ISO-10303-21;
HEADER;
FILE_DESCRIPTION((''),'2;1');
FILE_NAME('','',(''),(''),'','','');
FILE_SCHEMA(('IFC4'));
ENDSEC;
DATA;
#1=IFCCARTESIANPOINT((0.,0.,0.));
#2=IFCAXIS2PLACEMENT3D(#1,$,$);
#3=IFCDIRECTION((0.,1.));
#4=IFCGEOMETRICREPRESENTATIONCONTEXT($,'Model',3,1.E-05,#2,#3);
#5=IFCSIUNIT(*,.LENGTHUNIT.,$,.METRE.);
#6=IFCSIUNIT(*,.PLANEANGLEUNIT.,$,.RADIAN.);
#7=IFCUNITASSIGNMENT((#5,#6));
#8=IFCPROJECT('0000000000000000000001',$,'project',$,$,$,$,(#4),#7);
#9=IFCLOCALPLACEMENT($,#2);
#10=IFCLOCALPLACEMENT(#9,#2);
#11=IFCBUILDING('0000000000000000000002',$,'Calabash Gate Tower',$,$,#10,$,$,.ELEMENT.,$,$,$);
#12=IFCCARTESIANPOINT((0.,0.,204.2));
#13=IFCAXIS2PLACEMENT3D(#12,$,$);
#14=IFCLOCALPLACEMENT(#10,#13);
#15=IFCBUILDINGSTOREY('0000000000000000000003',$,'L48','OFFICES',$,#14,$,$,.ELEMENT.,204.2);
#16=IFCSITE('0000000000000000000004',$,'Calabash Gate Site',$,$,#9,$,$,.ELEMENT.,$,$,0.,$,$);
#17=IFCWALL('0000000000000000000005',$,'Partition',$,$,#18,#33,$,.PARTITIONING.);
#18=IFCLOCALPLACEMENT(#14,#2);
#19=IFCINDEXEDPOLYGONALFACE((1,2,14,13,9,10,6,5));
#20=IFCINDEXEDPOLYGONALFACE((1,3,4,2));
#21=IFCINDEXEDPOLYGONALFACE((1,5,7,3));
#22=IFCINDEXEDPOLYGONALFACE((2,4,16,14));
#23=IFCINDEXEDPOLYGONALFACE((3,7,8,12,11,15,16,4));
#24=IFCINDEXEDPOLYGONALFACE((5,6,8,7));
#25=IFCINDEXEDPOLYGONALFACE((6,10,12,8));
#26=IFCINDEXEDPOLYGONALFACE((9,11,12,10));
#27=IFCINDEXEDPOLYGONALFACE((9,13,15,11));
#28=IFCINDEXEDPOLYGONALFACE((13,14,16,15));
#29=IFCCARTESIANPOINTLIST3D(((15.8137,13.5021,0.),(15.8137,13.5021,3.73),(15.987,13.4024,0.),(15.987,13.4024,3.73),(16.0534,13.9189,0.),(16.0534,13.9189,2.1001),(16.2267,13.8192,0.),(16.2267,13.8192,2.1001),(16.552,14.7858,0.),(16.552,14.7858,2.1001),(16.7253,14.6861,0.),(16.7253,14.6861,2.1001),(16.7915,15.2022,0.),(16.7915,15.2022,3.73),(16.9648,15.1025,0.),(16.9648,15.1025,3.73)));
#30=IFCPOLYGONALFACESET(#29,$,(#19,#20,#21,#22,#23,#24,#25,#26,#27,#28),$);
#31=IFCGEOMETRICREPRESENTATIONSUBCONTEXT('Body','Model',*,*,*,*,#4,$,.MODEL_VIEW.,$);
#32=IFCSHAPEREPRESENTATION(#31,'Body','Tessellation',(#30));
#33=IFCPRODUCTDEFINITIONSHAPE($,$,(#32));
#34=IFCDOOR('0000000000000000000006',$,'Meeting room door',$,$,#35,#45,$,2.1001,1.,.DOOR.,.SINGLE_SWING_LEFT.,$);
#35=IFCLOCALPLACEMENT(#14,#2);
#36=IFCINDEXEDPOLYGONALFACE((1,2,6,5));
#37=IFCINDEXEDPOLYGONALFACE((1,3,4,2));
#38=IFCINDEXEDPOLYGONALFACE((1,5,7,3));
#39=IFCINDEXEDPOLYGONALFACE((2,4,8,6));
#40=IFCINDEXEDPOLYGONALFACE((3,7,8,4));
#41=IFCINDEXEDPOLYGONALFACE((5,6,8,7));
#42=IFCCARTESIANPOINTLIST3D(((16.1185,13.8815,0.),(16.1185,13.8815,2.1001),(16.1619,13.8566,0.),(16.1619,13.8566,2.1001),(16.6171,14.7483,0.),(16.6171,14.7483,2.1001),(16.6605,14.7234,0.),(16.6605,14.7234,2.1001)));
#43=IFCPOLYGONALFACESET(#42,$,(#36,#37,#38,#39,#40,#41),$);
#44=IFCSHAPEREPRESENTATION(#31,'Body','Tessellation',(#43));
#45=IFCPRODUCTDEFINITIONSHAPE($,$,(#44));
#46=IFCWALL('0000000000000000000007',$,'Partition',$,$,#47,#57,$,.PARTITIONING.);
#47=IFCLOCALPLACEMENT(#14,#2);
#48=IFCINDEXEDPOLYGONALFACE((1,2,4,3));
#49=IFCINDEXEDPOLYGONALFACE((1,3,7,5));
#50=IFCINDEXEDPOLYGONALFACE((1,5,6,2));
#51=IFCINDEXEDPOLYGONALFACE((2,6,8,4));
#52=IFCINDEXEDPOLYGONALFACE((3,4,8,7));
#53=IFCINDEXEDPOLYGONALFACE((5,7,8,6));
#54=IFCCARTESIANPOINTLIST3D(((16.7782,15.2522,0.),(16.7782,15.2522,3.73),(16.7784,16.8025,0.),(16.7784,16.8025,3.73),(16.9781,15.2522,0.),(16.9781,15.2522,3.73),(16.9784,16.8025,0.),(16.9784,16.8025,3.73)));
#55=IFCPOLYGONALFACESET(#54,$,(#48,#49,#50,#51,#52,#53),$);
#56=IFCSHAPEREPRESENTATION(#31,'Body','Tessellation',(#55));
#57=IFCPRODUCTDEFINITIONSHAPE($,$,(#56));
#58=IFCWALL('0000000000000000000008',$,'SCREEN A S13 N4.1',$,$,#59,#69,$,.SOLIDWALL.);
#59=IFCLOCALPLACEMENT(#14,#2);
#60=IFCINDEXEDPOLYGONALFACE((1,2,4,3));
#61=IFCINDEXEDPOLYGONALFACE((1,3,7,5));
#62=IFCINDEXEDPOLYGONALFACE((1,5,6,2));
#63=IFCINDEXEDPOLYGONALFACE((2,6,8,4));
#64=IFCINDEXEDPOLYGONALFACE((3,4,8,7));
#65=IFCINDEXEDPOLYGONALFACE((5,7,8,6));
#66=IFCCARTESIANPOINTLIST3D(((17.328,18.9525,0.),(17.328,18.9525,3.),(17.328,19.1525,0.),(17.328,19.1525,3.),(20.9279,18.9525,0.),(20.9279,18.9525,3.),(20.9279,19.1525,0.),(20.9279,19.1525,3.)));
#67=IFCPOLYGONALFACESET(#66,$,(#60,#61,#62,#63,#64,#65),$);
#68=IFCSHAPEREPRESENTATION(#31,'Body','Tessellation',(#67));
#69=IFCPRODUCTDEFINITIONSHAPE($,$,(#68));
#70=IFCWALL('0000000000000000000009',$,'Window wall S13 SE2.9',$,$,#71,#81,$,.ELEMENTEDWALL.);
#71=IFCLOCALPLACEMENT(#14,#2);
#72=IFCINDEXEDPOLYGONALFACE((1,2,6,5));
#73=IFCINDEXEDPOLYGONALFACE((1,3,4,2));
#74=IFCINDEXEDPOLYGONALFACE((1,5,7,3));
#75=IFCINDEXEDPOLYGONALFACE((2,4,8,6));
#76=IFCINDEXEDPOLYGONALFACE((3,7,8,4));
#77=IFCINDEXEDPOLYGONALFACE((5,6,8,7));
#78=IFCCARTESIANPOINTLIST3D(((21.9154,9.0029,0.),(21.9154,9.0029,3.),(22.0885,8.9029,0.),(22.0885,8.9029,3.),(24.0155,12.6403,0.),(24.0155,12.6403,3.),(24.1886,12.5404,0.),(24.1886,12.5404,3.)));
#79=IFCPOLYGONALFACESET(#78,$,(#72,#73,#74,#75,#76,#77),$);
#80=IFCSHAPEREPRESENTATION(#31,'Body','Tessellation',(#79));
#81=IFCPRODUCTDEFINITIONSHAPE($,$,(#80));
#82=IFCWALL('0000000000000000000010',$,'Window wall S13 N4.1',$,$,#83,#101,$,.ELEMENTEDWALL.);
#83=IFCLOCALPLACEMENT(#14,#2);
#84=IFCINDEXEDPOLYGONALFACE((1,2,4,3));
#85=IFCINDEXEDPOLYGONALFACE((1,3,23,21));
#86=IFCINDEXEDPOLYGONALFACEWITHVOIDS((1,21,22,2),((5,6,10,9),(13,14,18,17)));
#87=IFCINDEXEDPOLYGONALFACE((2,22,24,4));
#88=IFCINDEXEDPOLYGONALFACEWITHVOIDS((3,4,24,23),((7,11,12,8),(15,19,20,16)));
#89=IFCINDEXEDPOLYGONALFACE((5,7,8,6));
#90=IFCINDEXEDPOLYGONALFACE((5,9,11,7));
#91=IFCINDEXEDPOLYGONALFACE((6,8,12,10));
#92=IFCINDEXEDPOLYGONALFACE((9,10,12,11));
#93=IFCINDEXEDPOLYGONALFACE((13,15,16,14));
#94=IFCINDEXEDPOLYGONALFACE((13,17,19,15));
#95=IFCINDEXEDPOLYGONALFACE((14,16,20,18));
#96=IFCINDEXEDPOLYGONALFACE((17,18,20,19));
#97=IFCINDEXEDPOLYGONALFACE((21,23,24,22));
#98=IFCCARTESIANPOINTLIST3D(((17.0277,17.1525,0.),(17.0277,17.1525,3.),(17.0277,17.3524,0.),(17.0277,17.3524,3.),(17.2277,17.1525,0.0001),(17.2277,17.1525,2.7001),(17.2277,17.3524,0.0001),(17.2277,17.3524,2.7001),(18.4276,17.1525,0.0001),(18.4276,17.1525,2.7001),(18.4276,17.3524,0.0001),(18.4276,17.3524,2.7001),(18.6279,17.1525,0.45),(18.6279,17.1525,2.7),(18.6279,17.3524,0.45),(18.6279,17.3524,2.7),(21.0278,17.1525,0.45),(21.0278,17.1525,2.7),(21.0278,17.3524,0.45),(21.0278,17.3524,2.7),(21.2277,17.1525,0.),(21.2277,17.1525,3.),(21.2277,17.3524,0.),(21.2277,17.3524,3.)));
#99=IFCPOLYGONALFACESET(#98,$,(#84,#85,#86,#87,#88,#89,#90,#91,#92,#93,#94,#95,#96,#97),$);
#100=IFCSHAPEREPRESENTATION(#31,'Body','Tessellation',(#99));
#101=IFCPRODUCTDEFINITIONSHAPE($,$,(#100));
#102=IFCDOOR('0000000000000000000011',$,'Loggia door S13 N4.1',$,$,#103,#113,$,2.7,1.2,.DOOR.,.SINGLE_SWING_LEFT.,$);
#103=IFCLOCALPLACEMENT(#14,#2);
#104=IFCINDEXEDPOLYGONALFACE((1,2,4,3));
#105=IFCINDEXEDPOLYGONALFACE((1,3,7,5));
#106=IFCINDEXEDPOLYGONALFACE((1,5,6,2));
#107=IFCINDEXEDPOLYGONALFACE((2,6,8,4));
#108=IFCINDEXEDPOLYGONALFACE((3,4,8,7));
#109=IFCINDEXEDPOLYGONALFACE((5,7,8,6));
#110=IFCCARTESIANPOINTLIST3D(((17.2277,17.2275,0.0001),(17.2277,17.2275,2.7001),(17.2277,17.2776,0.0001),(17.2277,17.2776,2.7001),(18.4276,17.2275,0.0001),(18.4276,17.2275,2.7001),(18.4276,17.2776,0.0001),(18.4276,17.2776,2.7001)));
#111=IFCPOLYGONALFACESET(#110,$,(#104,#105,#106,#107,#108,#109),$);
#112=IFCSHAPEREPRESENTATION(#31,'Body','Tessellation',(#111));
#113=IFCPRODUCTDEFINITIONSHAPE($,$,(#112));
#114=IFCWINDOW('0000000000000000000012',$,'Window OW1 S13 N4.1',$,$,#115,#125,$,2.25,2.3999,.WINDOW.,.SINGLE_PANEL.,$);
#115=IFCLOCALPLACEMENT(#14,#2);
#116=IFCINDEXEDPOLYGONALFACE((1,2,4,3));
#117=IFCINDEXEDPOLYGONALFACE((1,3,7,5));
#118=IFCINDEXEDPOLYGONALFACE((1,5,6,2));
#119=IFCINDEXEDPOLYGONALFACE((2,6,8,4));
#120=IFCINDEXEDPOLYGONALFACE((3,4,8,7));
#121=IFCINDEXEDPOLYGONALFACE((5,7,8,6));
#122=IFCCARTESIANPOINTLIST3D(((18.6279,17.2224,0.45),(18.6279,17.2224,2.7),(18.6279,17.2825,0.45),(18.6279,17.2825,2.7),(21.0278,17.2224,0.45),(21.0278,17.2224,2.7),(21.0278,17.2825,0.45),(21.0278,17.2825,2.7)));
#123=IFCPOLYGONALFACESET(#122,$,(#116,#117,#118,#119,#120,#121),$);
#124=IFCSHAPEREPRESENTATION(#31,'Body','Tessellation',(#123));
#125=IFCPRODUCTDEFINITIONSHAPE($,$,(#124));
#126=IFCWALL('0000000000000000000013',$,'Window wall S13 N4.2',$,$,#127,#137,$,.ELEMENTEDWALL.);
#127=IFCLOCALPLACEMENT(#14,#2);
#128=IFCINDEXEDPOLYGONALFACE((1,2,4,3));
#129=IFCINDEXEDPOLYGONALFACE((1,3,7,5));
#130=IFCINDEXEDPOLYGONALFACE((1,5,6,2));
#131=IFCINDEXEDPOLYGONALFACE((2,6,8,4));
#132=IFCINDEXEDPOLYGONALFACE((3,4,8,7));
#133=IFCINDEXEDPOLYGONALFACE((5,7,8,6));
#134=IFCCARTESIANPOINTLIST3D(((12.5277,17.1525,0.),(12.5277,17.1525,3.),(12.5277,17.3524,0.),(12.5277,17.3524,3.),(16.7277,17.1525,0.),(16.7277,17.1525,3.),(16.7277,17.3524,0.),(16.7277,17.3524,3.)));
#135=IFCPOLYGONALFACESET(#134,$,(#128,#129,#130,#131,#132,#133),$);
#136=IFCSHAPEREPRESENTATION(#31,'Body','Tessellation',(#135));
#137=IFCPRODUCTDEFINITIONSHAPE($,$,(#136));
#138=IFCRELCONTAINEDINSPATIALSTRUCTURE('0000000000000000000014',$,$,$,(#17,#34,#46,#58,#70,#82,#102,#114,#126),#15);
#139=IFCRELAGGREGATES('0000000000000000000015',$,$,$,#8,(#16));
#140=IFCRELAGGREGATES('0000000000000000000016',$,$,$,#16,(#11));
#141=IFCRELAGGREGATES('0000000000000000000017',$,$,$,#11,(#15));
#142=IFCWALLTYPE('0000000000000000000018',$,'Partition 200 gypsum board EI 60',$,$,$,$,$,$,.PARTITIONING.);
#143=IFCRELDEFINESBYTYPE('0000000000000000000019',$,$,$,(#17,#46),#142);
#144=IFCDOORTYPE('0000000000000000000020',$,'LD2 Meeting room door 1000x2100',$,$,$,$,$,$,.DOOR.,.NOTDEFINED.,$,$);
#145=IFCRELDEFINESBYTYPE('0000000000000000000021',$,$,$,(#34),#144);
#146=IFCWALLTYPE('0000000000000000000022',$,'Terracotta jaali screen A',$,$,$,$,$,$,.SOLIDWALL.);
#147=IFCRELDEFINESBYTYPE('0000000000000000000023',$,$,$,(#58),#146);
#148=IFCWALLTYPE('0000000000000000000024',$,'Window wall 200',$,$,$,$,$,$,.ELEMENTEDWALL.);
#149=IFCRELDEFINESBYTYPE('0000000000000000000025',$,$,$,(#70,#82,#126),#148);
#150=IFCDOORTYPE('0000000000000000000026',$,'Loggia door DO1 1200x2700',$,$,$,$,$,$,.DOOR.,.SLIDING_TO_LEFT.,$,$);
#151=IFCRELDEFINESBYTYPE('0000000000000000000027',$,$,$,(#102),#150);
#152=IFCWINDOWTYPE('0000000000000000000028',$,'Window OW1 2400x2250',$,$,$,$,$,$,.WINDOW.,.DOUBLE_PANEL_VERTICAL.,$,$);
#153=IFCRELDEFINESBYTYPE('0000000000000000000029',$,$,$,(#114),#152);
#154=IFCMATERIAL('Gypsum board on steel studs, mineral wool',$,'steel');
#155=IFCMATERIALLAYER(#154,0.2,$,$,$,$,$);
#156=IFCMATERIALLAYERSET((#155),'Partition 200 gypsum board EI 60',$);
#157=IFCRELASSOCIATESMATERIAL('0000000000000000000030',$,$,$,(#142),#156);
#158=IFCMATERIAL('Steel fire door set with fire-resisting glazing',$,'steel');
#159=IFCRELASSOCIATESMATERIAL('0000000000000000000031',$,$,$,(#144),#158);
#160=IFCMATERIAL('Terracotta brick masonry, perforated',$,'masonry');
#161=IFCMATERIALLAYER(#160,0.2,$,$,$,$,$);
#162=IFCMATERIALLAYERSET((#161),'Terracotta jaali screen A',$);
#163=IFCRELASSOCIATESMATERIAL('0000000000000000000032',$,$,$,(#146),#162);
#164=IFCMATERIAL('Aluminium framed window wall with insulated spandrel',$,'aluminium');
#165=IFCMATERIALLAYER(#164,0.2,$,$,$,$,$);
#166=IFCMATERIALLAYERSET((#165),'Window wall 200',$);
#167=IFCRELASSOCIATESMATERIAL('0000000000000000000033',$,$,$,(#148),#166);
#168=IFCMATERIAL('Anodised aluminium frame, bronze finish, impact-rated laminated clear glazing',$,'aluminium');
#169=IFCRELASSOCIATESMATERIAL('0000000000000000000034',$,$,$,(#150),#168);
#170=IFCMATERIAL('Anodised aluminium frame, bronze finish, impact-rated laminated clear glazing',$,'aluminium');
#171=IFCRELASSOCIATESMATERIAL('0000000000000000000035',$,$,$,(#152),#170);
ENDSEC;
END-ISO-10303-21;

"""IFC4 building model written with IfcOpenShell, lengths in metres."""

from ifc_helpers import new_model, si_unit, direction, frame, frame_2d, origin, place, context, subcontext, project, spatial, rectangle, extrude, material, layer, layer_set, type_object, element, fill, save


model = new_model("IFC4")

# Units and contexts
model_context = context("Model", 3, precision=1e-05, world=origin(), true_north=direction((0.0, 1.0)))
body_context = subcontext(model_context, "Body", "Model", "MODEL_VIEW")
ifc_project = project(units=[si_unit("LENGTHUNIT", "METRE"), si_unit("PLANEANGLEUNIT", "RADIAN")], contexts=[model_context])

# Site, building, storey
site_placement = place(None, origin())
site = spatial("IfcSite", under=ifc_project, at=site_placement, Name="Calabash Gate Site", CompositionType="ELEMENT", RefElevation=0.0)
building_placement = place(site_placement, origin())
building = spatial("IfcBuilding", under=site, at=building_placement, Name="Calabash Gate Tower", CompositionType="ELEMENT")
storey_placement = place(building_placement, frame((0.0, 0.0, 204.2)))
storey = spatial("IfcBuildingStorey", under=building, at=storey_placement, Name="L48", Description="OFFICES", CompositionType="ELEMENT", Elevation=204.2)

# Shared definitions
ifc_material_1 = material(Name="Gypsum board on steel studs, mineral wool", Category="steel")
ifc_layer_1 = layer(ifc_material_1, 0.2)
ifc_layer_set_1 = layer_set([ifc_layer_1], Name="Partition 200 gypsum board EI 60")
wall_type_1 = type_object("IfcWallType", Name="Partition 200 gypsum board EI 60", PredefinedType="PARTITIONING", material=ifc_layer_set_1)

# Wall, opening, door
wall_1_placement = place(storey_placement, frame((15.9004, 13.4524, 0.0), z_axis=(0.0, 0.0, 1.0), x_axis=(0.49859, 0.866838, 0.0)))
wall_1 = element("IfcWall", 1, at=wall_1_placement, inside=storey, type_object=wall_type_1, Name="Partition", PredefinedType="PARTITIONING", context=body_context, shape_type="SweptSolid", body=[
    extrude(rectangle(XDim=1.9612, YDim=0.2, at=frame_2d((0.9805, 0.0))), origin(), (0.0, 0.0, 1.0), 3.73),
])
opening_1_placement = place(wall_1_placement, frame((0.4807, 0.0, 0.0)))
opening_1 = element("IfcOpeningElement", 2, at=opening_1_placement, cuts=wall_1, PredefinedType="OPENING", context=body_context, shape_type="SweptSolid", body=[
    extrude(rectangle(XDim=1.0, YDim=2.1001, at=frame_2d((0.5, 1.05))), frame((0.0, 0.1099, 0.0), z_axis=(0.0, -1.0, 0.0), x_axis=(1.0, 0.0, 0.0)), (0.0, 0.0, 1.0), 0.22),
])
ifc_material_2 = material(Name="Steel fire door set with fire-resisting glazing", Category="steel")
door_type_1 = type_object("IfcDoorType", Name="LD2 Meeting room door 1000x2100", OperationType="NOTDEFINED", PredefinedType="DOOR", material=ifc_material_2)
door_1_placement = place(opening_1_placement, origin())
door_1 = element("IfcDoor", 3, at=door_1_placement, inside=storey, type_object=door_type_1, Name="Meeting room door", OperationType="SINGLE_SWING_LEFT", OverallHeight=2.1001, OverallWidth=1.0, PredefinedType="DOOR", context=body_context, shape_type="SweptSolid", body=[
    extrude(rectangle(XDim=1.0, YDim=2.1001, at=frame_2d((0.5, 1.05))), frame((0.0, 0.0249, 0.0), z_axis=(0.0, -1.0, 0.0), x_axis=(1.0, 0.0, 0.0)), (0.0, 0.0, 1.0), 0.05),
])
fill(opening_1, door_1)

# Walls
wall_2_placement = place(storey_placement, frame((16.8782, 15.2522, 0.0), z_axis=(0.0, 0.0, 1.0), x_axis=(0.000157, 1.0, 0.0)))
element("IfcWall", 4, at=wall_2_placement, inside=storey, type_object=wall_type_1, Name="Partition", PredefinedType="PARTITIONING", context=body_context, shape_type="SweptSolid", body=[
    extrude(rectangle(XDim=1.5503, YDim=0.2, at=frame_2d((0.7751, 0.0))), origin(), (0.0, 0.0, 1.0), 3.73),
])
ifc_material_3 = material(Name="Terracotta brick masonry, perforated", Category="masonry")
ifc_layer_2 = layer(ifc_material_3, 0.2)
ifc_layer_set_2 = layer_set([ifc_layer_2], Name="Terracotta jaali screen A")
wall_type_2 = type_object("IfcWallType", Name="Terracotta jaali screen A", PredefinedType="SOLIDWALL", material=ifc_layer_set_2)
wall_3_placement = place(storey_placement, frame((20.9277, 19.0525, 0.0), z_axis=(0.0, 0.0, 1.0), x_axis=(-1.0, 0.0, 0.0)))
element("IfcWall", 5, at=wall_3_placement, inside=storey, type_object=wall_type_2, Name="SCREEN A S13 N4.1", PredefinedType="SOLIDWALL", context=body_context, shape_type="SweptSolid", body=[
    extrude(rectangle(XDim=3.5999, YDim=0.2, at=frame_2d((1.7998, 0.0))), origin(), (0.0, 0.0, 1.0), 3.0),
])
ifc_material_4 = material(Name="Aluminium framed window wall with insulated spandrel", Category="aluminium")
ifc_layer_3 = layer(ifc_material_4, 0.2)
ifc_layer_set_3 = layer_set([ifc_layer_3], Name="Window wall 200")
wall_type_3 = type_object("IfcWallType", Name="Window wall 200", PredefinedType="ELEMENTEDWALL", material=ifc_layer_set_3)
wall_4_placement = place(storey_placement, frame((22.002, 8.9529, 0.0), z_axis=(0.0, 0.0, 1.0), x_axis=(0.500003, 0.866024, 0.0)))
element("IfcWall", 6, at=wall_4_placement, inside=storey, type_object=wall_type_3, Name="Window wall S13 SE2.9", PredefinedType="ELEMENTEDWALL", context=body_context, shape_type="SweptSolid", body=[
    extrude(rectangle(XDim=4.2002, YDim=0.2, at=frame_2d((2.1001, 0.0))), origin(), (0.0, 0.0, 1.0), 3.0),
])

# Wall, openings, door, window
wall_5_placement = place(storey_placement, frame((21.2278, 17.2524, 0.0), z_axis=(0.0, 0.0, 1.0), x_axis=(-1.0, 0.0, 0.0)))
wall_5 = element("IfcWall", 7, at=wall_5_placement, inside=storey, type_object=wall_type_3, Name="Window wall S13 N4.1", PredefinedType="ELEMENTEDWALL", context=body_context, shape_type="SweptSolid", body=[
    extrude(rectangle(XDim=4.2, YDim=0.2, at=frame_2d((2.1001, 0.0))), origin(), (0.0, 0.0, 1.0), 3.0),
])
opening_2_placement = place(wall_5_placement, frame((0.2, 0.0, 0.45)))
opening_2 = element("IfcOpeningElement", 8, at=opening_2_placement, cuts=wall_5, PredefinedType="OPENING", context=body_context, shape_type="SweptSolid", body=[
    extrude(rectangle(XDim=2.3999, YDim=2.25, at=frame_2d((1.2, 1.125))), frame((0.0, 0.1099, 0.0), z_axis=(0.0, -1.0, 0.0), x_axis=(1.0, 0.0, 0.0)), (0.0, 0.0, 1.0), 0.22),
])
opening_3_placement = place(wall_5_placement, frame((2.8, 0.0, 0.0)))
opening_3 = element("IfcOpeningElement", 9, at=opening_3_placement, cuts=wall_5, PredefinedType="OPENING", context=body_context, shape_type="SweptSolid", body=[
    extrude(rectangle(XDim=1.2, YDim=2.7, at=frame_2d((0.6001, 1.3501))), frame((0.0, 0.1099, 0.0), z_axis=(0.0, -1.0, 0.0), x_axis=(1.0, 0.0, 0.0)), (0.0, 0.0, 1.0), 0.22),
])
ifc_material_5 = material(Name="Anodised aluminium frame, bronze finish, impact-rated laminated clear glazing", Category="aluminium")
door_type_2 = type_object("IfcDoorType", Name="Loggia door DO1 1200x2700", OperationType="SLIDING_TO_LEFT", PredefinedType="DOOR", material=ifc_material_5)
door_2_placement = place(opening_3_placement, origin())
door_2 = element("IfcDoor", 10, at=door_2_placement, inside=storey, type_object=door_type_2, Name="Loggia door S13 N4.1", OperationType="SINGLE_SWING_LEFT", OverallHeight=2.7, OverallWidth=1.2, PredefinedType="DOOR", context=body_context, shape_type="SweptSolid", body=[
    extrude(rectangle(XDim=1.2, YDim=2.7, at=frame_2d((0.6001, 1.3501))), frame((0.0, 0.0249, 0.0), z_axis=(0.0, -1.0, 0.0), x_axis=(1.0, 0.0, 0.0)), (0.0, 0.0, 1.0), 0.05),
])
fill(opening_3, door_2)
ifc_material_6 = material(Name="Anodised aluminium frame, bronze finish, impact-rated laminated clear glazing", Category="aluminium")
window_type = type_object("IfcWindowType", Name="Window OW1 2400x2250", PartitioningType="DOUBLE_PANEL_VERTICAL", PredefinedType="WINDOW", material=ifc_material_6)
window_placement = place(opening_2_placement, origin())
window = element("IfcWindow", 11, at=window_placement, inside=storey, type_object=window_type, Name="Window OW1 S13 N4.1", OverallHeight=2.25, OverallWidth=2.3999, PartitioningType="SINGLE_PANEL", PredefinedType="WINDOW", context=body_context, shape_type="SweptSolid", body=[
    extrude(rectangle(XDim=2.3999, YDim=2.25, at=frame_2d((1.2, 1.125))), frame((0.0, 0.03, 0.0), z_axis=(0.0, -1.0, 0.0), x_axis=(1.0, 0.0, 0.0)), (0.0, 0.0, 1.0), 0.0601),
])
fill(opening_2, window)

# Wall
wall_6_placement = place(storey_placement, frame((16.7278, 17.2524, 0.0), z_axis=(0.0, 0.0, 1.0), x_axis=(-1.0, 0.0, 0.0)))
element("IfcWall", 12, at=wall_6_placement, inside=storey, type_object=wall_type_3, Name="Window wall S13 N4.2", PredefinedType="ELEMENTEDWALL", context=body_context, shape_type="SweptSolid", body=[
    extrude(rectangle(XDim=4.2, YDim=0.2, at=frame_2d((2.1001, 0.0))), origin(), (0.0, 0.0, 1.0), 3.0),
])

save(model, "model.ifc")
